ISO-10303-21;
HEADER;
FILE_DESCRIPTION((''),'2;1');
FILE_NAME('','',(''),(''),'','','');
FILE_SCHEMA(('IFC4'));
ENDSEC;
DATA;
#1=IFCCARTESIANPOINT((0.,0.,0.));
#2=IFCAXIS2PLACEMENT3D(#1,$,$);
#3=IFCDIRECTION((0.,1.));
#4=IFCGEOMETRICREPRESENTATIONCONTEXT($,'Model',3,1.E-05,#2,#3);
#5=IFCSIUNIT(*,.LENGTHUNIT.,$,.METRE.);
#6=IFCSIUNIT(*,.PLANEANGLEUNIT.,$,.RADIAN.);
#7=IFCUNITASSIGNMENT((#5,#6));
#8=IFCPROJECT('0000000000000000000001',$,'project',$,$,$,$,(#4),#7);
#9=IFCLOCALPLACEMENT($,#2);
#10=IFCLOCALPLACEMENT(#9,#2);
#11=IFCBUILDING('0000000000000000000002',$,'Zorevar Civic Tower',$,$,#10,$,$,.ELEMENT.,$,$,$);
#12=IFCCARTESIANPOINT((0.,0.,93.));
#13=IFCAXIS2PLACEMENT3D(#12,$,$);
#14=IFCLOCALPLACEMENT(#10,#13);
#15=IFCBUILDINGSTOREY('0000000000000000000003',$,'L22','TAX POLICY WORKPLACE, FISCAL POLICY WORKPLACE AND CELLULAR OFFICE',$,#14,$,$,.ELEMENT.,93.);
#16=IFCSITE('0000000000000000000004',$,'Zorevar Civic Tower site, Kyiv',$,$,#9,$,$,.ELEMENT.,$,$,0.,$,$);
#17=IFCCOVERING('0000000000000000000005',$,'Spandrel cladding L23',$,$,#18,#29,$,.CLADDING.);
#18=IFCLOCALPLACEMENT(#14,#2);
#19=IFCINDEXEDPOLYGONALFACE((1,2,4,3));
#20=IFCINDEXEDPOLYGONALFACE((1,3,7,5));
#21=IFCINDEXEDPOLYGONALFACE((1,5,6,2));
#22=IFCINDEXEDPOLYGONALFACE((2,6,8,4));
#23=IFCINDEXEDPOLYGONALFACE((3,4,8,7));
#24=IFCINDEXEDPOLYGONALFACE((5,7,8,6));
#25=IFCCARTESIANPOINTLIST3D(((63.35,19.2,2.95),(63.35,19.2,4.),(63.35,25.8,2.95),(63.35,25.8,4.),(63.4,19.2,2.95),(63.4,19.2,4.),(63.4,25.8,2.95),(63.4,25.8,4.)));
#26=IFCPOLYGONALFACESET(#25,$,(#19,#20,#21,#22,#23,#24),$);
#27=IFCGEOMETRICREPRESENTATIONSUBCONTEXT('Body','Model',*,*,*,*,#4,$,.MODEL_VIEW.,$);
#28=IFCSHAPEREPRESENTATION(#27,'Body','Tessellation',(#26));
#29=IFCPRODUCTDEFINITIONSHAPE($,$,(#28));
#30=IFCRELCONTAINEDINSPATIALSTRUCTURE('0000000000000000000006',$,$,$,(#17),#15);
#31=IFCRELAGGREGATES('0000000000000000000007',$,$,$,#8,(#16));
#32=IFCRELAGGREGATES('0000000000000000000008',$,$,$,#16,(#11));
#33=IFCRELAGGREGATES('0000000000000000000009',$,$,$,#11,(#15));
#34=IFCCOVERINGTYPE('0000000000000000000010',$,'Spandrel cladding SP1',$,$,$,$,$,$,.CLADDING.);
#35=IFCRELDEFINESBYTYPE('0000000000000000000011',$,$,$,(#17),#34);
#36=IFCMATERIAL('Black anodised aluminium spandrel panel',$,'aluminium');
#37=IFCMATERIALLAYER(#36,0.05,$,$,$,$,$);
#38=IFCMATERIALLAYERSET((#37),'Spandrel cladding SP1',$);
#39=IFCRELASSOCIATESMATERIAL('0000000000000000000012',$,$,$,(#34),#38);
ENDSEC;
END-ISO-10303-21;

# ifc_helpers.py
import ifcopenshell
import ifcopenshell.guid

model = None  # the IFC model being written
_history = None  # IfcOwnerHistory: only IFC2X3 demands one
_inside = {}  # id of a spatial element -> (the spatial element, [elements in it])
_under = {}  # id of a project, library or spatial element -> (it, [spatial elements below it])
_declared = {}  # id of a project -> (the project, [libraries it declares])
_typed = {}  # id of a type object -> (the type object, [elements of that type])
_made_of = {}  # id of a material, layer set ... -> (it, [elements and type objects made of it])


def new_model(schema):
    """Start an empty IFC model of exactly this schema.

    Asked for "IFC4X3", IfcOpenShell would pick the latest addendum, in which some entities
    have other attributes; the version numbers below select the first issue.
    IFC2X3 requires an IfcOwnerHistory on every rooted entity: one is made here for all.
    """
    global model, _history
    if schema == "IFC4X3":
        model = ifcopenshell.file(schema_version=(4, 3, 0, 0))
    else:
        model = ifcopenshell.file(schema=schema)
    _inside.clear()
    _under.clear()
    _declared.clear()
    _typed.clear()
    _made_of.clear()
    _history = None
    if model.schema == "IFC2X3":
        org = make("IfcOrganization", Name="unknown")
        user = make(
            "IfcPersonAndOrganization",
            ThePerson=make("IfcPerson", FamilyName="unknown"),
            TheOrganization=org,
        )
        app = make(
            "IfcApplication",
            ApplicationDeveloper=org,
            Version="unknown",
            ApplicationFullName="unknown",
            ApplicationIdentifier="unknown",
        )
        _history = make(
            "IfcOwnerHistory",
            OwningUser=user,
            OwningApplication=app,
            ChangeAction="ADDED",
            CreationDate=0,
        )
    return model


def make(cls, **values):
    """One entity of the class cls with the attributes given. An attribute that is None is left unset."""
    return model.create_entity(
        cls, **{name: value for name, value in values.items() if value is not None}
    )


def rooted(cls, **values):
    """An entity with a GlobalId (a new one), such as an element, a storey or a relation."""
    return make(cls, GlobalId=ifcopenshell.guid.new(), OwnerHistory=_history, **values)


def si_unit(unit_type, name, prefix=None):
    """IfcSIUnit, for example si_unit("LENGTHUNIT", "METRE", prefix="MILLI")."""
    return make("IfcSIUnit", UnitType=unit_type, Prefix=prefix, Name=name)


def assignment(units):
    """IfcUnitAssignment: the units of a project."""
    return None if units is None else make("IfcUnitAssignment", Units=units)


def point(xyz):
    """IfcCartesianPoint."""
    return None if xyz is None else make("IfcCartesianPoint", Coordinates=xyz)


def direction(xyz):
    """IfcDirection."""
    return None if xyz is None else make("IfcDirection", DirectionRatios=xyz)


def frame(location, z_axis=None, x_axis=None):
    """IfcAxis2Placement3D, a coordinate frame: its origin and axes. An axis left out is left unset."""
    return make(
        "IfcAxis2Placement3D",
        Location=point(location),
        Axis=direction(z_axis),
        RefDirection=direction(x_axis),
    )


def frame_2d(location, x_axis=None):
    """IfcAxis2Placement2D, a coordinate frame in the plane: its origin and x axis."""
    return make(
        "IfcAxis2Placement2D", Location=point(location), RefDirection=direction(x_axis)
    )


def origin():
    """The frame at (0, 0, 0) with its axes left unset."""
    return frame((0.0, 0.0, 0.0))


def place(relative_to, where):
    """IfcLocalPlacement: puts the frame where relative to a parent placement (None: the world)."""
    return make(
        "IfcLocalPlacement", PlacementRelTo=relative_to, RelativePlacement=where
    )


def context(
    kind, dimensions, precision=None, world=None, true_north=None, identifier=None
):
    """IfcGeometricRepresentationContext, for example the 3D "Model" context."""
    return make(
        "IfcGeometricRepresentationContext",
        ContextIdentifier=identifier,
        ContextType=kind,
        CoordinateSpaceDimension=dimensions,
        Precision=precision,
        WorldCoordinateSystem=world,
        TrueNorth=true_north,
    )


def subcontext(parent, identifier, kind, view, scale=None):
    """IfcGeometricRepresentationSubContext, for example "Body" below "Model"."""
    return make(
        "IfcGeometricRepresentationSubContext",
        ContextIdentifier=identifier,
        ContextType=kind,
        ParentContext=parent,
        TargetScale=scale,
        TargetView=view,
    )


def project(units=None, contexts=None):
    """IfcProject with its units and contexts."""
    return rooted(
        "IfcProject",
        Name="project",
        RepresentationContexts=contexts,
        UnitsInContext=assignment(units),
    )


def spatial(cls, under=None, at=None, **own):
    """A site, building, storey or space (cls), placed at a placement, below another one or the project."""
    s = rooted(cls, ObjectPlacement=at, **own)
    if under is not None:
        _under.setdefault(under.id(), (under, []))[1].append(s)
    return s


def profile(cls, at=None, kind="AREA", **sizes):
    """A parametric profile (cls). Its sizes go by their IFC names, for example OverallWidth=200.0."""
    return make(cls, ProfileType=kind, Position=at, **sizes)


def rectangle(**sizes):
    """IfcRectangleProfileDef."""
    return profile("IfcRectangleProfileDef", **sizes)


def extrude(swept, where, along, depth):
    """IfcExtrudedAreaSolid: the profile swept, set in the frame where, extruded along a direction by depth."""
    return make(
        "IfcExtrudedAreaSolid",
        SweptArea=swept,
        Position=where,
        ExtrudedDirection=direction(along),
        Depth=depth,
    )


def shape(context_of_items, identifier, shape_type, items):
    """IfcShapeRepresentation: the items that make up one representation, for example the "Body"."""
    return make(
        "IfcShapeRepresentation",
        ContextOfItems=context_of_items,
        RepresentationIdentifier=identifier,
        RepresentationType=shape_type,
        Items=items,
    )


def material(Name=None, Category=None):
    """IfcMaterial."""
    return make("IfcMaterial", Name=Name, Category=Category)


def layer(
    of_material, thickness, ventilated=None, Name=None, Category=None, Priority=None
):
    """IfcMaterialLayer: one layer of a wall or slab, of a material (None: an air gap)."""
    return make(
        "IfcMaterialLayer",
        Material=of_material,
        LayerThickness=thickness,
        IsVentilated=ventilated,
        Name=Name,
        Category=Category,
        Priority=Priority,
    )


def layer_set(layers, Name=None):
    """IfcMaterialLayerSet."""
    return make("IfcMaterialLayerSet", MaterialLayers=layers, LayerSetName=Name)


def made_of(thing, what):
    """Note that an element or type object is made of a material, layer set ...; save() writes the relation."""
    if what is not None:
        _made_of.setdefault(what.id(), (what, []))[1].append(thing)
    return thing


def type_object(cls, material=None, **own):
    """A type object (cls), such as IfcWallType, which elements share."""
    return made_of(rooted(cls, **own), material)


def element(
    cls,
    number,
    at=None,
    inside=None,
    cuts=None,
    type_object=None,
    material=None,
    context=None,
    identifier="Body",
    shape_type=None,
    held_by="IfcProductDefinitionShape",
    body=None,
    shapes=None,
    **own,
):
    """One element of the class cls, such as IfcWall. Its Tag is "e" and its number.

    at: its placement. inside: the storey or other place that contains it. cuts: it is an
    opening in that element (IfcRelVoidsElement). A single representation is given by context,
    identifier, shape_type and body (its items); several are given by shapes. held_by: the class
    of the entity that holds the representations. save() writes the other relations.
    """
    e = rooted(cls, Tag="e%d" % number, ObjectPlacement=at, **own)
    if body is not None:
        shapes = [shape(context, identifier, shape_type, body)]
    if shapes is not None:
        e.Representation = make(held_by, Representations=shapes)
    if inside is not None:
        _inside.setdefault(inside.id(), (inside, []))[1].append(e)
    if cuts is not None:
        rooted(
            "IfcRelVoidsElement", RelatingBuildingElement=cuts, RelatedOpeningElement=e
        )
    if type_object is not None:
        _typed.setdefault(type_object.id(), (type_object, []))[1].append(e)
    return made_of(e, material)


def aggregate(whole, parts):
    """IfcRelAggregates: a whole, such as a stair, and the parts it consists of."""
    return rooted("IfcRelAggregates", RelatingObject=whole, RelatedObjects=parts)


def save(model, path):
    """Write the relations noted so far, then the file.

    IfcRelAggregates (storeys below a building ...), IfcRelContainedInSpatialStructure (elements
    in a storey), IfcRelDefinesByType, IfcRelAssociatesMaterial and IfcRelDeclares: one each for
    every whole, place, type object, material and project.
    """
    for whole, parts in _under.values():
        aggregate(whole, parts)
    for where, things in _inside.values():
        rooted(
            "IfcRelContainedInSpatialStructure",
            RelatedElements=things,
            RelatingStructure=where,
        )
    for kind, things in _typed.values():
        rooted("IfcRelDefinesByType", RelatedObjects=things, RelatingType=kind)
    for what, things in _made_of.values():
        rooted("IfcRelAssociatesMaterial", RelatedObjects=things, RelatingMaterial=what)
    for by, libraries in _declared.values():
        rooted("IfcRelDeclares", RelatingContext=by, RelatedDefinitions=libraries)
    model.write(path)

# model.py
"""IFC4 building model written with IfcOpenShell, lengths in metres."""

from ifc_helpers import new_model, si_unit, direction, frame, frame_2d, origin, place, context, subcontext, project, spatial, rectangle, extrude, material, layer, layer_set, type_object, element, save


model = new_model("IFC4")

# Units and contexts
model_context = context("Model", 3, precision=1e-05, world=origin(), true_north=direction((0.0, 1.0)))
body_context = subcontext(model_context, "Body", "Model", "MODEL_VIEW")
ifc_project = project(units=[si_unit("LENGTHUNIT", "METRE"), si_unit("PLANEANGLEUNIT", "RADIAN")], contexts=[model_context])

# Site, building, storey
site_placement = place(None, origin())
site = spatial("IfcSite", under=ifc_project, at=site_placement, Name="Zorevar Civic Tower site, Kyiv", CompositionType="ELEMENT", RefElevation=0.0)
building_placement = place(site_placement, origin())
building = spatial("IfcBuilding", under=site, at=building_placement, Name="Zorevar Civic Tower", CompositionType="ELEMENT")
storey_placement = place(building_placement, frame((0.0, 0.0, 93.0)))
storey = spatial("IfcBuildingStorey", under=building, at=storey_placement, Name="L22", Description="TAX POLICY WORKPLACE, FISCAL POLICY WORKPLACE AND CELLULAR OFFICE", CompositionType="ELEMENT", Elevation=93.0)

# Covering
ifc_material_1 = material(Name="Black anodised aluminium spandrel panel", Category="aluminium")
ifc_layer_1 = layer(ifc_material_1, 0.05)
ifc_layer_set_1 = layer_set([ifc_layer_1], Name="Spandrel cladding SP1")
covering_type = type_object("IfcCoveringType", Name="Spandrel cladding SP1", PredefinedType="CLADDING", material=ifc_layer_set_1)
covering_1_placement = place(storey_placement, frame((63.375, 19.2, 2.95), z_axis=(0.0, 0.0, 1.0), x_axis=(0.0, 1.0, 0.0)))
element("IfcCovering", 1, at=covering_1_placement, inside=storey, type_object=covering_type, Name="Spandrel cladding L23", PredefinedType="CLADDING", context=body_context, shape_type="SweptSolid", body=[
    extrude(rectangle(XDim=6.6001, YDim=0.05, at=frame_2d((3.3, 0.0))), origin(), (0.0, 0.0, 1.0), 1.05),
])

save(model, "model.ifc")
